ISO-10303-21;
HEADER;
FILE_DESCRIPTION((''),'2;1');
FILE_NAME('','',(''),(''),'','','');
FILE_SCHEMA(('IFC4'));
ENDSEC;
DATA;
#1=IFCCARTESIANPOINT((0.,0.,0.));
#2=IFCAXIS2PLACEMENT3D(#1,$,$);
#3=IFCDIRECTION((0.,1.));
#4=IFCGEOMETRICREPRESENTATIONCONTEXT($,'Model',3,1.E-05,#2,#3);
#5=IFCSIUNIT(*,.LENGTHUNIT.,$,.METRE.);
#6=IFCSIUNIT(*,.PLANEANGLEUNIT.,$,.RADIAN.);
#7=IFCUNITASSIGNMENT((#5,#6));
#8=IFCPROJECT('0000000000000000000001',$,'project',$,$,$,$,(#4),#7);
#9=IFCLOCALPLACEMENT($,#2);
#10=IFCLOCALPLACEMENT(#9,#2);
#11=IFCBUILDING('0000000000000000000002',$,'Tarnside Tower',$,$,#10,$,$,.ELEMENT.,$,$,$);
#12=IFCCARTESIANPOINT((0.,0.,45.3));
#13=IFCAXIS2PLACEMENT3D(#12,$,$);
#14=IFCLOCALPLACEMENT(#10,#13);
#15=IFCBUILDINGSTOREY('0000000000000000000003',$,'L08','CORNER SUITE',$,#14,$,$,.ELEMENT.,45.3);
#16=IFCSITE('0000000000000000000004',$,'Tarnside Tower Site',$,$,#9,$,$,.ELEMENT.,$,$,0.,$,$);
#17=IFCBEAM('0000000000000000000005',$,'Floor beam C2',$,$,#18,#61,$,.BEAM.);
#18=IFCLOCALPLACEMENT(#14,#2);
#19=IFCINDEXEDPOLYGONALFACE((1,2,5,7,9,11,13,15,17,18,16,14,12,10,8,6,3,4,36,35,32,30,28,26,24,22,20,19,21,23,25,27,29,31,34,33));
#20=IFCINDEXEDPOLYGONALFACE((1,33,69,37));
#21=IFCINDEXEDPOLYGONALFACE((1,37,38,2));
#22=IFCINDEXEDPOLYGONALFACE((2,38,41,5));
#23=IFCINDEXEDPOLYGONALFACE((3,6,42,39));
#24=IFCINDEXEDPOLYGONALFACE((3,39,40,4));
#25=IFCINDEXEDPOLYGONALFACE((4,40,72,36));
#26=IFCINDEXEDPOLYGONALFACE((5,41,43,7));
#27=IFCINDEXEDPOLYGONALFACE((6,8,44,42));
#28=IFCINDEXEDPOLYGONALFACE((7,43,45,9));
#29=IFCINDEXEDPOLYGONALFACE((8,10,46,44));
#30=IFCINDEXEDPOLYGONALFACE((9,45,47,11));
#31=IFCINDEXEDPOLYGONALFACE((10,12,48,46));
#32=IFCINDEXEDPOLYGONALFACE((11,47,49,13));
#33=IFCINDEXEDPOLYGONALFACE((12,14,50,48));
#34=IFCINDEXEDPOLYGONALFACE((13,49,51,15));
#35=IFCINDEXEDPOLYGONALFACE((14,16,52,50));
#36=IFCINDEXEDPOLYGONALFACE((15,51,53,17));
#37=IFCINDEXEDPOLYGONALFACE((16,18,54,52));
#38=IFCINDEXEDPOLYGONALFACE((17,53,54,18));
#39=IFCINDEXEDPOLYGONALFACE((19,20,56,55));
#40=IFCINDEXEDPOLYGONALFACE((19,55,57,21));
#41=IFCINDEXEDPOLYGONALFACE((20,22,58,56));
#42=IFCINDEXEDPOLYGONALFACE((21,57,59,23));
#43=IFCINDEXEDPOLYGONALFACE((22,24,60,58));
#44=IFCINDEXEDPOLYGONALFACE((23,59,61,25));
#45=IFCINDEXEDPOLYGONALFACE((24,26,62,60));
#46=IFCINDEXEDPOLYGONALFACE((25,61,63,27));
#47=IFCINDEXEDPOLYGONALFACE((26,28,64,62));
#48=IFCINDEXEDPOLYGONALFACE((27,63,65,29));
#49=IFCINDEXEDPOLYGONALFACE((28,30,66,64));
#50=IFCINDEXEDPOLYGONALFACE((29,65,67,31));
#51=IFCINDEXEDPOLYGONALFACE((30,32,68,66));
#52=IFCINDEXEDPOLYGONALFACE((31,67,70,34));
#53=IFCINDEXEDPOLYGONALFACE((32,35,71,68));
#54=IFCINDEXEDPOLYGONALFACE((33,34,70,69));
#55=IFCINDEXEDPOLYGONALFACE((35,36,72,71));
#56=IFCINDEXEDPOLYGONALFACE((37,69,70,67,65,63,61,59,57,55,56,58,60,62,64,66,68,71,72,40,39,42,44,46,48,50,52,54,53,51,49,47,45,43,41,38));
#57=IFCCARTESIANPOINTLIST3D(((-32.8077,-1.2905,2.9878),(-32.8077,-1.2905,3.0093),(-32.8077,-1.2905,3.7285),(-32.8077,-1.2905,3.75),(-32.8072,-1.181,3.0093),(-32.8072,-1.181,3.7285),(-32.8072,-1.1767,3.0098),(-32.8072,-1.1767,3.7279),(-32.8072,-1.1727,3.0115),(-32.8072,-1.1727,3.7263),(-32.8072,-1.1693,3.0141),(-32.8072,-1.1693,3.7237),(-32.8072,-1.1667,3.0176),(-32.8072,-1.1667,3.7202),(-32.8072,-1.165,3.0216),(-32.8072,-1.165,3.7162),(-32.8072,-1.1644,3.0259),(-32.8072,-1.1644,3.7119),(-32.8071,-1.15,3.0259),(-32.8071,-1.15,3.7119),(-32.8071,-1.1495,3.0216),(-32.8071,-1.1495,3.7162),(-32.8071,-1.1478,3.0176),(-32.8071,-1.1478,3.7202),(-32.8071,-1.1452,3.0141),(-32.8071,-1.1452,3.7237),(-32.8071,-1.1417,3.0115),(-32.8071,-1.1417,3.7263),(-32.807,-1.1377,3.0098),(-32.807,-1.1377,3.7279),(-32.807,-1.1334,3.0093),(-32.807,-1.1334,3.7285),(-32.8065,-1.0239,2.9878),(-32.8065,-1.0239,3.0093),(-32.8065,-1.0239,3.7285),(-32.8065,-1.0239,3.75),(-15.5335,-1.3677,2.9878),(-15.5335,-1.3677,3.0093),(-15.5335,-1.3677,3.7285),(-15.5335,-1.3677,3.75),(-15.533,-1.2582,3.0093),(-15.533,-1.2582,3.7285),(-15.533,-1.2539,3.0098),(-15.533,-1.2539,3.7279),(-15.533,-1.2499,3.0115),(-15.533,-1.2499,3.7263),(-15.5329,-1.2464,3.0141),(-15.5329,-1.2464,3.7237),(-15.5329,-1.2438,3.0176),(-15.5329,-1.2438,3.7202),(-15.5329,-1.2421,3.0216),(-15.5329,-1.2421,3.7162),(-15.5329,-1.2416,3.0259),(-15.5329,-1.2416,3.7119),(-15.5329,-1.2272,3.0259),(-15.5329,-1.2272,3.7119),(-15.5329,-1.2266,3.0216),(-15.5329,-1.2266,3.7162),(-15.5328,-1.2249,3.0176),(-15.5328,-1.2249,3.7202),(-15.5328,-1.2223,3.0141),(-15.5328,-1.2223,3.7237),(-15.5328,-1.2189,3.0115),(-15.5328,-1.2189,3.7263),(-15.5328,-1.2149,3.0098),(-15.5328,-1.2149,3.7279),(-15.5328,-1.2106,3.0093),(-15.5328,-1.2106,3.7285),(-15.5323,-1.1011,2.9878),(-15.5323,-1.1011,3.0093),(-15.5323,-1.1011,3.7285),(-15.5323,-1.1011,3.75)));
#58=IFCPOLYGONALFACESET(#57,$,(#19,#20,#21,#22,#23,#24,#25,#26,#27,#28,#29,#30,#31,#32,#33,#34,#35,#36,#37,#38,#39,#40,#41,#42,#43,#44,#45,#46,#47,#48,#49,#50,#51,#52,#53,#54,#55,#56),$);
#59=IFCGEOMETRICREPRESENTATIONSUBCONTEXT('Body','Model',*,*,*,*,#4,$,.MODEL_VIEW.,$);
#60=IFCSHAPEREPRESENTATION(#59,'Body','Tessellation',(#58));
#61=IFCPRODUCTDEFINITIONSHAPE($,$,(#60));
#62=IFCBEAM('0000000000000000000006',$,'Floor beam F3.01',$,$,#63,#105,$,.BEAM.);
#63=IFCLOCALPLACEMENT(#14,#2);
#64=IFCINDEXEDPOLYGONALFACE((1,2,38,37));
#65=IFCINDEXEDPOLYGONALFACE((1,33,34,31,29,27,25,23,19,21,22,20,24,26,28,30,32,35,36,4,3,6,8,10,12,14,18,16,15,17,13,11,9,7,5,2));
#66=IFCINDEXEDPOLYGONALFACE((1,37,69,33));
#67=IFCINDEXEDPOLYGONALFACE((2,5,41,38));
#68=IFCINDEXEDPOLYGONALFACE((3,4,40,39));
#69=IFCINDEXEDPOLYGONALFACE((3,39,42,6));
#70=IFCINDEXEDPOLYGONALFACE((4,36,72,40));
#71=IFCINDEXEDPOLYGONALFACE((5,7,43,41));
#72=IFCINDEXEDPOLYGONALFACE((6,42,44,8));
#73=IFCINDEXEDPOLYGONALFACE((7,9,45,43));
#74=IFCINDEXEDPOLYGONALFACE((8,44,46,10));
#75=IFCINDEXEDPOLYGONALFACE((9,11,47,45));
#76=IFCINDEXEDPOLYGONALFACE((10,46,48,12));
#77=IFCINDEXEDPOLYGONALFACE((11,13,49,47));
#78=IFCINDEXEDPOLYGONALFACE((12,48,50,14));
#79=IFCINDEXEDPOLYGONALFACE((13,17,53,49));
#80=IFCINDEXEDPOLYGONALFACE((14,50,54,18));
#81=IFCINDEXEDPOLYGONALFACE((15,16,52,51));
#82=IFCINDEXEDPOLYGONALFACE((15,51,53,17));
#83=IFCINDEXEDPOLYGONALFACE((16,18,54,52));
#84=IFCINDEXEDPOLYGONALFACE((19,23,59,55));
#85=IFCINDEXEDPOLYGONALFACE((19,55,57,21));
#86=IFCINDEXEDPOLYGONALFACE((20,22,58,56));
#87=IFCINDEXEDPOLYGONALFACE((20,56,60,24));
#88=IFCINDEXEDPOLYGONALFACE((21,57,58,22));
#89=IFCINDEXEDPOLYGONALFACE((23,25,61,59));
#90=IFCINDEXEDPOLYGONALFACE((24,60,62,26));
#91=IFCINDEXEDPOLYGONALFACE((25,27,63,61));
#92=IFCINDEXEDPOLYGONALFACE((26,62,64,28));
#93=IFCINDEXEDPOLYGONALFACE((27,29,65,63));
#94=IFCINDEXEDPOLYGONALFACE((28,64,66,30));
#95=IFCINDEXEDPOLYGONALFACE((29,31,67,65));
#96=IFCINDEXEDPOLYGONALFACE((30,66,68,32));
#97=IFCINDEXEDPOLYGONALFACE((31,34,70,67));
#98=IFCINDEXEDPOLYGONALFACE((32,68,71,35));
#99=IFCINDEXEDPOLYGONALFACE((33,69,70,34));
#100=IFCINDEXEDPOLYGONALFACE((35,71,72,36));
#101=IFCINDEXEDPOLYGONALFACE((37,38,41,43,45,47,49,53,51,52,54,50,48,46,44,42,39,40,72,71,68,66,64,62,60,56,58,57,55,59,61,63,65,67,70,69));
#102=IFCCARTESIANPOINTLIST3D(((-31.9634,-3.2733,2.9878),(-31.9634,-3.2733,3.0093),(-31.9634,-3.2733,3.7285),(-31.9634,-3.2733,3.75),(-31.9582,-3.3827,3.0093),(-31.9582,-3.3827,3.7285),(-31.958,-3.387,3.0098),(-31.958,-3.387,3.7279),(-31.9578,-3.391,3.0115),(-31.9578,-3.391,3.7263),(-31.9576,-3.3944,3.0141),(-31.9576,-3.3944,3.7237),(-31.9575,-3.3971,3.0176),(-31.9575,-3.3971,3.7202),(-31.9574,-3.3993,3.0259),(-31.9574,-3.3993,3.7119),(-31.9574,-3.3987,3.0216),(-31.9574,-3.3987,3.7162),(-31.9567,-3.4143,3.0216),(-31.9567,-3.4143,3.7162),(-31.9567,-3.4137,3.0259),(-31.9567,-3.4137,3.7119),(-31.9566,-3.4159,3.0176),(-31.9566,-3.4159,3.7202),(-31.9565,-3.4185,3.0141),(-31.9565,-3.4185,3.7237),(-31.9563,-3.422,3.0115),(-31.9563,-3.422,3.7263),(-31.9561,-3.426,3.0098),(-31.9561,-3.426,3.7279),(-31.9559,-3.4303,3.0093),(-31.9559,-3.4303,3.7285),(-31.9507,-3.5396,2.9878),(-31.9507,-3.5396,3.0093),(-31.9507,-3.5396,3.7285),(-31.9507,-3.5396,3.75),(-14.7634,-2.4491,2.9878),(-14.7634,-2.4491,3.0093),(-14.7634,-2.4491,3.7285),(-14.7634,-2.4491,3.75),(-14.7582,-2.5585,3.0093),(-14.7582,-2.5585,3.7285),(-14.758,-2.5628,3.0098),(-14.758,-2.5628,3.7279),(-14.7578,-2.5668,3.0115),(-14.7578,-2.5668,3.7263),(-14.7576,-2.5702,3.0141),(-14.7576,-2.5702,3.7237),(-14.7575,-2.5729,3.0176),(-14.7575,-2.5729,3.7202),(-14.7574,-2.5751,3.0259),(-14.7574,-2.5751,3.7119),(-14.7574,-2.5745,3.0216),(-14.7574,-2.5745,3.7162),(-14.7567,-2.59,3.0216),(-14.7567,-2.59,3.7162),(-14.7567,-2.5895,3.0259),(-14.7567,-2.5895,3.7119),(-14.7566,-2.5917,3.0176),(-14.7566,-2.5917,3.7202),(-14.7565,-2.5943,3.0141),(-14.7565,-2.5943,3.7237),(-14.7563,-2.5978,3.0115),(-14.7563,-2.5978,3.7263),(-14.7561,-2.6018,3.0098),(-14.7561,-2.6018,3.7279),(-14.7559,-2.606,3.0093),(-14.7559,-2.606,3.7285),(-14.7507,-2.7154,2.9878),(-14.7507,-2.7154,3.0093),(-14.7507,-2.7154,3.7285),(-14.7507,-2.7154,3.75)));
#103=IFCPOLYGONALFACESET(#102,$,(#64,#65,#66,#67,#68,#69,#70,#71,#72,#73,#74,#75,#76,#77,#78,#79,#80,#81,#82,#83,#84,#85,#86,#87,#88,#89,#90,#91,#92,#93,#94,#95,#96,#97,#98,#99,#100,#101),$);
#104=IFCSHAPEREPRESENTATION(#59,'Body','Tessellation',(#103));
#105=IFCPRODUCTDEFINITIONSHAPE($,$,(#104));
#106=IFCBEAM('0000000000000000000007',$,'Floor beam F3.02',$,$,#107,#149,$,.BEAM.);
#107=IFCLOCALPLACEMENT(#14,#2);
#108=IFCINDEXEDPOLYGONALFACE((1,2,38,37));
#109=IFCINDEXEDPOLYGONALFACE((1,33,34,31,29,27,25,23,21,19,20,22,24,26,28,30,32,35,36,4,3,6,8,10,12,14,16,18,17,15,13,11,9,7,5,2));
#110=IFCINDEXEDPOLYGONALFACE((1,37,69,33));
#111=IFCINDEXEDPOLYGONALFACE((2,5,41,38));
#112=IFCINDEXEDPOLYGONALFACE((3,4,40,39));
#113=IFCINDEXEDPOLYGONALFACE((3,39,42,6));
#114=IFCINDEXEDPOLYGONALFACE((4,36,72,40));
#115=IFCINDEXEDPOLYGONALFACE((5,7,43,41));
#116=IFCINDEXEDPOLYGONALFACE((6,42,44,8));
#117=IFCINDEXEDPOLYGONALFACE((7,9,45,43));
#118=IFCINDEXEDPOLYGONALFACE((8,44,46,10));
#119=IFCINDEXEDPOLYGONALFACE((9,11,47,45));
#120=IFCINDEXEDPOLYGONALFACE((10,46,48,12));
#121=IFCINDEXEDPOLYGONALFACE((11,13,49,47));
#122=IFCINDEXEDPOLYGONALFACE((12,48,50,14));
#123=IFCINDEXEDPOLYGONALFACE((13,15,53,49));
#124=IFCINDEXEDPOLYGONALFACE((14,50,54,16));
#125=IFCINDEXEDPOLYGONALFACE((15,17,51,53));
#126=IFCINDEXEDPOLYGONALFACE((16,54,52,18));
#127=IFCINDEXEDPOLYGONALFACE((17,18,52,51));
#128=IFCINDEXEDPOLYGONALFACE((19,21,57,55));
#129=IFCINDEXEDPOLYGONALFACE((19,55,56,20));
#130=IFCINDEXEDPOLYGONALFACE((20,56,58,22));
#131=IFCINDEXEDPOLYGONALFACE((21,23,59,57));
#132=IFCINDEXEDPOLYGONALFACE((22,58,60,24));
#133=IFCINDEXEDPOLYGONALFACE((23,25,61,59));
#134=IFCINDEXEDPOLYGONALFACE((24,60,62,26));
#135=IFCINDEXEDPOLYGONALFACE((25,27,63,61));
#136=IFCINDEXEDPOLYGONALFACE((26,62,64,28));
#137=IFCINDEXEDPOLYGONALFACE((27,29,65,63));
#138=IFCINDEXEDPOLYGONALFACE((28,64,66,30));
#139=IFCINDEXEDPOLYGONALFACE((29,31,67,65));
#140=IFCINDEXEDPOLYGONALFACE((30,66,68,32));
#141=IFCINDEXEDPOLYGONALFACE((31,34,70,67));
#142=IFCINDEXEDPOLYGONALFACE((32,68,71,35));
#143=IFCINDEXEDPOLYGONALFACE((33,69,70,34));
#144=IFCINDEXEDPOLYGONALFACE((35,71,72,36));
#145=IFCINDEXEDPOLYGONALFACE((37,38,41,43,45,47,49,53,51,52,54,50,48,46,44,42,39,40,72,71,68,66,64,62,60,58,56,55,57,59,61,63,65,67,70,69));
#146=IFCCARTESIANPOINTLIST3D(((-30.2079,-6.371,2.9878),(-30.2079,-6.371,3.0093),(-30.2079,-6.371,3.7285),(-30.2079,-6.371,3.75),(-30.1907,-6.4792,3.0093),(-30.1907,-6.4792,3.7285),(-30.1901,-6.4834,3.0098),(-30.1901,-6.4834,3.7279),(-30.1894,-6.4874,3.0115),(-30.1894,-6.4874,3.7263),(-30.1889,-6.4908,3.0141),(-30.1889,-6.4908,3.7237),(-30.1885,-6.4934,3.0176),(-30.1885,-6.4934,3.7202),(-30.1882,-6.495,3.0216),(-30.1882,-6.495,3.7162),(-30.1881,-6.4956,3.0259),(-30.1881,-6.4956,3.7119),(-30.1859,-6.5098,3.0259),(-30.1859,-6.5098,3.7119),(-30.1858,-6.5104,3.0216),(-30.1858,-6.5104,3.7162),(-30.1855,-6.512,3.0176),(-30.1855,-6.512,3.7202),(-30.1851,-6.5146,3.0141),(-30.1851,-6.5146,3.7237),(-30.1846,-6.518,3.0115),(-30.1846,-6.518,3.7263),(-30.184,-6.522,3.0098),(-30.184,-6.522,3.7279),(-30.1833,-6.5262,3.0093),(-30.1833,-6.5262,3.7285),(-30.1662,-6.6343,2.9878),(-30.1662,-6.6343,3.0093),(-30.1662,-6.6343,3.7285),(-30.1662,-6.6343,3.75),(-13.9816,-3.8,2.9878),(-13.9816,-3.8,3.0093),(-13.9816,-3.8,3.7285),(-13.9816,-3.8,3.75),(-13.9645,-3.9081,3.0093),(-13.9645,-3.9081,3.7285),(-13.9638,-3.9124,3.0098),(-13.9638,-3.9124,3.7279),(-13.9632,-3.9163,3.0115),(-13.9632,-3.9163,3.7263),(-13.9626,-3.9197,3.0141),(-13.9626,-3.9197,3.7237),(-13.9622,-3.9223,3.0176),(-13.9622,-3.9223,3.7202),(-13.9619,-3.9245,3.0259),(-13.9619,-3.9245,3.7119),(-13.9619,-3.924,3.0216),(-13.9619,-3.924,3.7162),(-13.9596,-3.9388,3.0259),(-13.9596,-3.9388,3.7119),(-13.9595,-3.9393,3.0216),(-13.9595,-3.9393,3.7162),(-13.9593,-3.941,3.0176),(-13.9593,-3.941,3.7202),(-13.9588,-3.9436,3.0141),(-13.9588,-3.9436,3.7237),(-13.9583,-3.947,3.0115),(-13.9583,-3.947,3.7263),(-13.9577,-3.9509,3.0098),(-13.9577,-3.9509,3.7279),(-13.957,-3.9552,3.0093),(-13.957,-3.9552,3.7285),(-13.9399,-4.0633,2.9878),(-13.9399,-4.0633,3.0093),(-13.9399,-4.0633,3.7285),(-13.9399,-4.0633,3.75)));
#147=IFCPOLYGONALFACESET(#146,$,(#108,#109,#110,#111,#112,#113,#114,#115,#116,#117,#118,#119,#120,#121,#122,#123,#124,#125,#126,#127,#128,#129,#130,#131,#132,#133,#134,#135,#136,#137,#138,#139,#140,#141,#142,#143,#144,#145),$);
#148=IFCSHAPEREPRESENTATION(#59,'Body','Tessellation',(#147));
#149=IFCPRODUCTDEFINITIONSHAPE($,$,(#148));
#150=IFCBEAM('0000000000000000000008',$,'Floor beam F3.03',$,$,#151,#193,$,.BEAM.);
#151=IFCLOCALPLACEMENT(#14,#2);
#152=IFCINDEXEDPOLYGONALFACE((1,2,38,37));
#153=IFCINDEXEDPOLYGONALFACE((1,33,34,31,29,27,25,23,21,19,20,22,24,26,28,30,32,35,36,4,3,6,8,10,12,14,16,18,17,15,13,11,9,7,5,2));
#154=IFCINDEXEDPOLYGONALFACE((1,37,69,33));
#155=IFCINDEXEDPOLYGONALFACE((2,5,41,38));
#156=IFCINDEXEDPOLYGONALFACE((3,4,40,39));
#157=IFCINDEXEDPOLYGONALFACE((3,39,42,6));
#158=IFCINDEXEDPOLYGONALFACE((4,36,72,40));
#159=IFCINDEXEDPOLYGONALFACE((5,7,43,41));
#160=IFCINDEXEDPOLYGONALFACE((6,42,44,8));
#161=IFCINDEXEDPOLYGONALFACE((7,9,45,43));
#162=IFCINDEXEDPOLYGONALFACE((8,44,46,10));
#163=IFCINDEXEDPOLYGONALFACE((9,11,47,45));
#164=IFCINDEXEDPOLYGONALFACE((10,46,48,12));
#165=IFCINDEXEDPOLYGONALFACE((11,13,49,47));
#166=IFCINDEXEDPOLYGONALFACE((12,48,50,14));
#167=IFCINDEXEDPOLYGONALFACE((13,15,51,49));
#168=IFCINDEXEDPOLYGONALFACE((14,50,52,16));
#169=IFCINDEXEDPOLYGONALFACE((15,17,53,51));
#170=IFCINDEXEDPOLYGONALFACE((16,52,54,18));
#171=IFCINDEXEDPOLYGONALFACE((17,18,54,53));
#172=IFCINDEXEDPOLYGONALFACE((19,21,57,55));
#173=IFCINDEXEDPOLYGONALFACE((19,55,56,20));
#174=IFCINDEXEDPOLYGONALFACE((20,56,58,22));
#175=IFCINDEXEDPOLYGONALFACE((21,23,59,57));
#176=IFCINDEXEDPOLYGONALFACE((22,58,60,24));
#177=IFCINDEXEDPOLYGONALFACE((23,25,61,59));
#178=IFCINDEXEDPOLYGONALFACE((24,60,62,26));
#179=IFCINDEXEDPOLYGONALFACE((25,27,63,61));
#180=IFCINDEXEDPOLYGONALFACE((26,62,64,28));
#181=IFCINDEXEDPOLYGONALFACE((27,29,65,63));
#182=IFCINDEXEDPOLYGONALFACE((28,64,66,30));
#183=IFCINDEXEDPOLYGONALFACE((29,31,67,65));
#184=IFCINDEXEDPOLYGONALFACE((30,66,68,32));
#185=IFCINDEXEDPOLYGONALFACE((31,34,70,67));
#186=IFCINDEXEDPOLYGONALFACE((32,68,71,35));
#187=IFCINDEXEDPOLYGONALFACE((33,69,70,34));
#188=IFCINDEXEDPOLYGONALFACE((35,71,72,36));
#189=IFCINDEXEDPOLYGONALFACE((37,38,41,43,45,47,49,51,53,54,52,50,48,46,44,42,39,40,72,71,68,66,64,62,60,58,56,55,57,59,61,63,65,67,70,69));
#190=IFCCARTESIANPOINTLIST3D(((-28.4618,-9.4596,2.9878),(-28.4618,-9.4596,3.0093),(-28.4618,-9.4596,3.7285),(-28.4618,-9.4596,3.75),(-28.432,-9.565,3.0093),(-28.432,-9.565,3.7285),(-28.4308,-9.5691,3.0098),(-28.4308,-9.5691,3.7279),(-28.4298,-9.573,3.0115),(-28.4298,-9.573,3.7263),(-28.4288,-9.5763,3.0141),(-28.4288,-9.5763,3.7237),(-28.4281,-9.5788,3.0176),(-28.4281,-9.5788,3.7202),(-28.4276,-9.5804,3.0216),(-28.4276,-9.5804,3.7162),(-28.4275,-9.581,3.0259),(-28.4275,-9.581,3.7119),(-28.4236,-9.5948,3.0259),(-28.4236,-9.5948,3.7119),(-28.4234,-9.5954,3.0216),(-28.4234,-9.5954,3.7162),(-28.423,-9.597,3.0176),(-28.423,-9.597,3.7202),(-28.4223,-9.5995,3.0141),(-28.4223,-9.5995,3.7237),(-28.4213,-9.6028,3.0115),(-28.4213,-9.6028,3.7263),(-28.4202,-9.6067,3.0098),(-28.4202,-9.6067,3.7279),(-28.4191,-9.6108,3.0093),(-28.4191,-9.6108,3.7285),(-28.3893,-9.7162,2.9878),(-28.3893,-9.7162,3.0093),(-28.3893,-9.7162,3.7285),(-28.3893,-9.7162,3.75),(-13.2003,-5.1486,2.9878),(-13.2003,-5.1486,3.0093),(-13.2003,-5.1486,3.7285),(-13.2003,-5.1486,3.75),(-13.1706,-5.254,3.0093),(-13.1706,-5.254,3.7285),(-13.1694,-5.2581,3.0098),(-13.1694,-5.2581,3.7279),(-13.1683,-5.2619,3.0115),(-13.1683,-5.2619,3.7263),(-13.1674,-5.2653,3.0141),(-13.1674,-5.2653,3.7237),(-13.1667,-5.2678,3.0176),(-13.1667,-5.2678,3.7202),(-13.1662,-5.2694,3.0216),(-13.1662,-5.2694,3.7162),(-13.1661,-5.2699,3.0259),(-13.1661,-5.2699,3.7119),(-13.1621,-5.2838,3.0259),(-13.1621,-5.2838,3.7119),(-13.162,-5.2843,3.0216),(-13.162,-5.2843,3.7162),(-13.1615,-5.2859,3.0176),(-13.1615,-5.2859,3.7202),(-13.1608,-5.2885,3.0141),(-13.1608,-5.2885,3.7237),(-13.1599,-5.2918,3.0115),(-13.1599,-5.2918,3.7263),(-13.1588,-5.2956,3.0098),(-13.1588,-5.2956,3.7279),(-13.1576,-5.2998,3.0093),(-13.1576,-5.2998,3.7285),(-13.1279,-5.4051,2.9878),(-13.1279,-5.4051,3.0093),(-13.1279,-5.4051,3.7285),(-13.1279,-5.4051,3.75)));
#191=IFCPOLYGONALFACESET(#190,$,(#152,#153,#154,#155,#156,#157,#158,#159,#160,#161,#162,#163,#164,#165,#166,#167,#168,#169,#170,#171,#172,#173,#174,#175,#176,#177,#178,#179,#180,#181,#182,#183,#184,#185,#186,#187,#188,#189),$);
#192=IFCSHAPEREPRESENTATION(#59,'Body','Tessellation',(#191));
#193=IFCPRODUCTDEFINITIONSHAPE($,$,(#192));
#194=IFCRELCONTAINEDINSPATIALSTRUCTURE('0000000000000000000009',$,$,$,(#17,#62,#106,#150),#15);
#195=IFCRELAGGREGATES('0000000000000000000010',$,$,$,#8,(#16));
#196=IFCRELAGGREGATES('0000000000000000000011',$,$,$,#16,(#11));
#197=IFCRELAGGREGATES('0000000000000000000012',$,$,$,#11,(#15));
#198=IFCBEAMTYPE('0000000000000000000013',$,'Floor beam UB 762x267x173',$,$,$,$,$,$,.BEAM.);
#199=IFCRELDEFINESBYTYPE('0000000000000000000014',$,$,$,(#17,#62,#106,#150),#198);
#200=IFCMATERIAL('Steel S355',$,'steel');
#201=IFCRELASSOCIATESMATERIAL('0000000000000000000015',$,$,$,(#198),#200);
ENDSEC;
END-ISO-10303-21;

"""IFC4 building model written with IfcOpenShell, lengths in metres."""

from ifc_helpers import new_model, si_unit, direction, frame, origin, origin_2d, place, context, subcontext, project, spatial, i_section, extrude, material, material_profile, profile_set, type_object, element, save


model = new_model("IFC4")

# Units and contexts
model_context = context("Model", 3, precision=1e-05, world=origin(), true_north=direction((0.0, 1.0)))
body_context = subcontext(model_context, "Body", "Model", "MODEL_VIEW")
ifc_project = project(units=[si_unit("LENGTHUNIT", "METRE"), si_unit("PLANEANGLEUNIT", "RADIAN")], contexts=[model_context])

# Site, building, storey
site_placement = place(None, origin())
site = spatial("IfcSite", under=ifc_project, at=site_placement, Name="Tarnside Tower Site", CompositionType="ELEMENT", RefElevation=0.0)
building_placement = place(site_placement, origin())
building = spatial("IfcBuilding", under=site, at=building_placement, Name="Tarnside Tower", CompositionType="ELEMENT")
storey_placement = place(building_placement, frame((0.0, 0.0, 45.3)))
storey = spatial("IfcBuildingStorey", under=building, at=storey_placement, Name="L08", Description="CORNER SUITE", CompositionType="ELEMENT", Elevation=45.3)

# Beams
ifc_material_1 = material(Name="Steel S355", Category="steel")
ifc_material_profile = material_profile(ifc_material_1, i_section(OverallWidth=0.2666, OverallDepth=0.7622, WebThickness=0.0144, FlangeThickness=0.0215, FilletRadius=0.0166, at=origin_2d()), Name="UB 762x267x173")
ifc_profile_set = profile_set([ifc_material_profile], Name="Steel S355")
beam_type = type_object("IfcBeamType", Name="Floor beam UB 762x267x173", PredefinedType="BEAM", material=ifc_profile_set)
beam_1_placement = place(storey_placement, frame((-32.8071, -1.1572, 3.3689), z_axis=(0.99999, -0.004466, 0.0), x_axis=(0.004466, 0.99999, 0.0)))
element("IfcBeam", 1, at=beam_1_placement, inside=storey, type_object=beam_type, Name="Floor beam C2", PredefinedType="BEAM", context=body_context, shape_type="SweptSolid", body=[
    extrude(i_section(OverallWidth=0.2666, OverallDepth=0.7622, WebThickness=0.0144, FlangeThickness=0.0215, FilletRadius=0.0166, at=origin_2d()), origin(), (0.0, 0.0, 1.0), 17.2744),
])
beam_2_placement = place(storey_placement, frame((-31.957, -3.4065, 3.3689), z_axis=(0.998854, 0.047865, 0.0), x_axis=(-0.047865, 0.998854, 0.0)))
element("IfcBeam", 2, at=beam_2_placement, inside=storey, type_object=beam_type, Name="Floor beam F3.01", PredefinedType="BEAM", context=body_context, shape_type="SweptSolid", body=[
    extrude(i_section(OverallWidth=0.2666, OverallDepth=0.7622, WebThickness=0.0144, FlangeThickness=0.0215, FilletRadius=0.0166, at=origin_2d()), origin(), (0.0, 0.0, 1.0), 17.2197),
])
beam_3_placement = place(storey_placement, frame((-30.187, -6.5027, 3.3689), z_axis=(0.987678, 0.156497, 0.0), x_axis=(-0.156497, 0.987678, 0.0)))
element("IfcBeam", 3, at=beam_3_placement, inside=storey, type_object=beam_type, Name="Floor beam F3.02", PredefinedType="BEAM", context=body_context, shape_type="SweptSolid", body=[
    extrude(i_section(OverallWidth=0.2666, OverallDepth=0.7622, WebThickness=0.0144, FlangeThickness=0.0215, FilletRadius=0.0166, at=origin_2d()), origin(), (0.0, 0.0, 1.0), 16.4287),
])
beam_4_placement = place(storey_placement, frame((-28.4255, -9.5879, 3.3689), z_axis=(0.962342, 0.271841, 0.0), x_axis=(-0.271841, 0.962342, 0.0)))
element("IfcBeam", 4, at=beam_4_placement, inside=storey, type_object=beam_type, Name="Floor beam F3.03", PredefinedType="BEAM", context=body_context, shape_type="SweptSolid", body=[
    extrude(i_section(OverallWidth=0.2666, OverallDepth=0.7622, WebThickness=0.0144, FlangeThickness=0.0215, FilletRadius=0.0166, at=origin_2d()), origin(), (0.0, 0.0, 1.0), 15.8586),
])

save(model, "model.ifc")
